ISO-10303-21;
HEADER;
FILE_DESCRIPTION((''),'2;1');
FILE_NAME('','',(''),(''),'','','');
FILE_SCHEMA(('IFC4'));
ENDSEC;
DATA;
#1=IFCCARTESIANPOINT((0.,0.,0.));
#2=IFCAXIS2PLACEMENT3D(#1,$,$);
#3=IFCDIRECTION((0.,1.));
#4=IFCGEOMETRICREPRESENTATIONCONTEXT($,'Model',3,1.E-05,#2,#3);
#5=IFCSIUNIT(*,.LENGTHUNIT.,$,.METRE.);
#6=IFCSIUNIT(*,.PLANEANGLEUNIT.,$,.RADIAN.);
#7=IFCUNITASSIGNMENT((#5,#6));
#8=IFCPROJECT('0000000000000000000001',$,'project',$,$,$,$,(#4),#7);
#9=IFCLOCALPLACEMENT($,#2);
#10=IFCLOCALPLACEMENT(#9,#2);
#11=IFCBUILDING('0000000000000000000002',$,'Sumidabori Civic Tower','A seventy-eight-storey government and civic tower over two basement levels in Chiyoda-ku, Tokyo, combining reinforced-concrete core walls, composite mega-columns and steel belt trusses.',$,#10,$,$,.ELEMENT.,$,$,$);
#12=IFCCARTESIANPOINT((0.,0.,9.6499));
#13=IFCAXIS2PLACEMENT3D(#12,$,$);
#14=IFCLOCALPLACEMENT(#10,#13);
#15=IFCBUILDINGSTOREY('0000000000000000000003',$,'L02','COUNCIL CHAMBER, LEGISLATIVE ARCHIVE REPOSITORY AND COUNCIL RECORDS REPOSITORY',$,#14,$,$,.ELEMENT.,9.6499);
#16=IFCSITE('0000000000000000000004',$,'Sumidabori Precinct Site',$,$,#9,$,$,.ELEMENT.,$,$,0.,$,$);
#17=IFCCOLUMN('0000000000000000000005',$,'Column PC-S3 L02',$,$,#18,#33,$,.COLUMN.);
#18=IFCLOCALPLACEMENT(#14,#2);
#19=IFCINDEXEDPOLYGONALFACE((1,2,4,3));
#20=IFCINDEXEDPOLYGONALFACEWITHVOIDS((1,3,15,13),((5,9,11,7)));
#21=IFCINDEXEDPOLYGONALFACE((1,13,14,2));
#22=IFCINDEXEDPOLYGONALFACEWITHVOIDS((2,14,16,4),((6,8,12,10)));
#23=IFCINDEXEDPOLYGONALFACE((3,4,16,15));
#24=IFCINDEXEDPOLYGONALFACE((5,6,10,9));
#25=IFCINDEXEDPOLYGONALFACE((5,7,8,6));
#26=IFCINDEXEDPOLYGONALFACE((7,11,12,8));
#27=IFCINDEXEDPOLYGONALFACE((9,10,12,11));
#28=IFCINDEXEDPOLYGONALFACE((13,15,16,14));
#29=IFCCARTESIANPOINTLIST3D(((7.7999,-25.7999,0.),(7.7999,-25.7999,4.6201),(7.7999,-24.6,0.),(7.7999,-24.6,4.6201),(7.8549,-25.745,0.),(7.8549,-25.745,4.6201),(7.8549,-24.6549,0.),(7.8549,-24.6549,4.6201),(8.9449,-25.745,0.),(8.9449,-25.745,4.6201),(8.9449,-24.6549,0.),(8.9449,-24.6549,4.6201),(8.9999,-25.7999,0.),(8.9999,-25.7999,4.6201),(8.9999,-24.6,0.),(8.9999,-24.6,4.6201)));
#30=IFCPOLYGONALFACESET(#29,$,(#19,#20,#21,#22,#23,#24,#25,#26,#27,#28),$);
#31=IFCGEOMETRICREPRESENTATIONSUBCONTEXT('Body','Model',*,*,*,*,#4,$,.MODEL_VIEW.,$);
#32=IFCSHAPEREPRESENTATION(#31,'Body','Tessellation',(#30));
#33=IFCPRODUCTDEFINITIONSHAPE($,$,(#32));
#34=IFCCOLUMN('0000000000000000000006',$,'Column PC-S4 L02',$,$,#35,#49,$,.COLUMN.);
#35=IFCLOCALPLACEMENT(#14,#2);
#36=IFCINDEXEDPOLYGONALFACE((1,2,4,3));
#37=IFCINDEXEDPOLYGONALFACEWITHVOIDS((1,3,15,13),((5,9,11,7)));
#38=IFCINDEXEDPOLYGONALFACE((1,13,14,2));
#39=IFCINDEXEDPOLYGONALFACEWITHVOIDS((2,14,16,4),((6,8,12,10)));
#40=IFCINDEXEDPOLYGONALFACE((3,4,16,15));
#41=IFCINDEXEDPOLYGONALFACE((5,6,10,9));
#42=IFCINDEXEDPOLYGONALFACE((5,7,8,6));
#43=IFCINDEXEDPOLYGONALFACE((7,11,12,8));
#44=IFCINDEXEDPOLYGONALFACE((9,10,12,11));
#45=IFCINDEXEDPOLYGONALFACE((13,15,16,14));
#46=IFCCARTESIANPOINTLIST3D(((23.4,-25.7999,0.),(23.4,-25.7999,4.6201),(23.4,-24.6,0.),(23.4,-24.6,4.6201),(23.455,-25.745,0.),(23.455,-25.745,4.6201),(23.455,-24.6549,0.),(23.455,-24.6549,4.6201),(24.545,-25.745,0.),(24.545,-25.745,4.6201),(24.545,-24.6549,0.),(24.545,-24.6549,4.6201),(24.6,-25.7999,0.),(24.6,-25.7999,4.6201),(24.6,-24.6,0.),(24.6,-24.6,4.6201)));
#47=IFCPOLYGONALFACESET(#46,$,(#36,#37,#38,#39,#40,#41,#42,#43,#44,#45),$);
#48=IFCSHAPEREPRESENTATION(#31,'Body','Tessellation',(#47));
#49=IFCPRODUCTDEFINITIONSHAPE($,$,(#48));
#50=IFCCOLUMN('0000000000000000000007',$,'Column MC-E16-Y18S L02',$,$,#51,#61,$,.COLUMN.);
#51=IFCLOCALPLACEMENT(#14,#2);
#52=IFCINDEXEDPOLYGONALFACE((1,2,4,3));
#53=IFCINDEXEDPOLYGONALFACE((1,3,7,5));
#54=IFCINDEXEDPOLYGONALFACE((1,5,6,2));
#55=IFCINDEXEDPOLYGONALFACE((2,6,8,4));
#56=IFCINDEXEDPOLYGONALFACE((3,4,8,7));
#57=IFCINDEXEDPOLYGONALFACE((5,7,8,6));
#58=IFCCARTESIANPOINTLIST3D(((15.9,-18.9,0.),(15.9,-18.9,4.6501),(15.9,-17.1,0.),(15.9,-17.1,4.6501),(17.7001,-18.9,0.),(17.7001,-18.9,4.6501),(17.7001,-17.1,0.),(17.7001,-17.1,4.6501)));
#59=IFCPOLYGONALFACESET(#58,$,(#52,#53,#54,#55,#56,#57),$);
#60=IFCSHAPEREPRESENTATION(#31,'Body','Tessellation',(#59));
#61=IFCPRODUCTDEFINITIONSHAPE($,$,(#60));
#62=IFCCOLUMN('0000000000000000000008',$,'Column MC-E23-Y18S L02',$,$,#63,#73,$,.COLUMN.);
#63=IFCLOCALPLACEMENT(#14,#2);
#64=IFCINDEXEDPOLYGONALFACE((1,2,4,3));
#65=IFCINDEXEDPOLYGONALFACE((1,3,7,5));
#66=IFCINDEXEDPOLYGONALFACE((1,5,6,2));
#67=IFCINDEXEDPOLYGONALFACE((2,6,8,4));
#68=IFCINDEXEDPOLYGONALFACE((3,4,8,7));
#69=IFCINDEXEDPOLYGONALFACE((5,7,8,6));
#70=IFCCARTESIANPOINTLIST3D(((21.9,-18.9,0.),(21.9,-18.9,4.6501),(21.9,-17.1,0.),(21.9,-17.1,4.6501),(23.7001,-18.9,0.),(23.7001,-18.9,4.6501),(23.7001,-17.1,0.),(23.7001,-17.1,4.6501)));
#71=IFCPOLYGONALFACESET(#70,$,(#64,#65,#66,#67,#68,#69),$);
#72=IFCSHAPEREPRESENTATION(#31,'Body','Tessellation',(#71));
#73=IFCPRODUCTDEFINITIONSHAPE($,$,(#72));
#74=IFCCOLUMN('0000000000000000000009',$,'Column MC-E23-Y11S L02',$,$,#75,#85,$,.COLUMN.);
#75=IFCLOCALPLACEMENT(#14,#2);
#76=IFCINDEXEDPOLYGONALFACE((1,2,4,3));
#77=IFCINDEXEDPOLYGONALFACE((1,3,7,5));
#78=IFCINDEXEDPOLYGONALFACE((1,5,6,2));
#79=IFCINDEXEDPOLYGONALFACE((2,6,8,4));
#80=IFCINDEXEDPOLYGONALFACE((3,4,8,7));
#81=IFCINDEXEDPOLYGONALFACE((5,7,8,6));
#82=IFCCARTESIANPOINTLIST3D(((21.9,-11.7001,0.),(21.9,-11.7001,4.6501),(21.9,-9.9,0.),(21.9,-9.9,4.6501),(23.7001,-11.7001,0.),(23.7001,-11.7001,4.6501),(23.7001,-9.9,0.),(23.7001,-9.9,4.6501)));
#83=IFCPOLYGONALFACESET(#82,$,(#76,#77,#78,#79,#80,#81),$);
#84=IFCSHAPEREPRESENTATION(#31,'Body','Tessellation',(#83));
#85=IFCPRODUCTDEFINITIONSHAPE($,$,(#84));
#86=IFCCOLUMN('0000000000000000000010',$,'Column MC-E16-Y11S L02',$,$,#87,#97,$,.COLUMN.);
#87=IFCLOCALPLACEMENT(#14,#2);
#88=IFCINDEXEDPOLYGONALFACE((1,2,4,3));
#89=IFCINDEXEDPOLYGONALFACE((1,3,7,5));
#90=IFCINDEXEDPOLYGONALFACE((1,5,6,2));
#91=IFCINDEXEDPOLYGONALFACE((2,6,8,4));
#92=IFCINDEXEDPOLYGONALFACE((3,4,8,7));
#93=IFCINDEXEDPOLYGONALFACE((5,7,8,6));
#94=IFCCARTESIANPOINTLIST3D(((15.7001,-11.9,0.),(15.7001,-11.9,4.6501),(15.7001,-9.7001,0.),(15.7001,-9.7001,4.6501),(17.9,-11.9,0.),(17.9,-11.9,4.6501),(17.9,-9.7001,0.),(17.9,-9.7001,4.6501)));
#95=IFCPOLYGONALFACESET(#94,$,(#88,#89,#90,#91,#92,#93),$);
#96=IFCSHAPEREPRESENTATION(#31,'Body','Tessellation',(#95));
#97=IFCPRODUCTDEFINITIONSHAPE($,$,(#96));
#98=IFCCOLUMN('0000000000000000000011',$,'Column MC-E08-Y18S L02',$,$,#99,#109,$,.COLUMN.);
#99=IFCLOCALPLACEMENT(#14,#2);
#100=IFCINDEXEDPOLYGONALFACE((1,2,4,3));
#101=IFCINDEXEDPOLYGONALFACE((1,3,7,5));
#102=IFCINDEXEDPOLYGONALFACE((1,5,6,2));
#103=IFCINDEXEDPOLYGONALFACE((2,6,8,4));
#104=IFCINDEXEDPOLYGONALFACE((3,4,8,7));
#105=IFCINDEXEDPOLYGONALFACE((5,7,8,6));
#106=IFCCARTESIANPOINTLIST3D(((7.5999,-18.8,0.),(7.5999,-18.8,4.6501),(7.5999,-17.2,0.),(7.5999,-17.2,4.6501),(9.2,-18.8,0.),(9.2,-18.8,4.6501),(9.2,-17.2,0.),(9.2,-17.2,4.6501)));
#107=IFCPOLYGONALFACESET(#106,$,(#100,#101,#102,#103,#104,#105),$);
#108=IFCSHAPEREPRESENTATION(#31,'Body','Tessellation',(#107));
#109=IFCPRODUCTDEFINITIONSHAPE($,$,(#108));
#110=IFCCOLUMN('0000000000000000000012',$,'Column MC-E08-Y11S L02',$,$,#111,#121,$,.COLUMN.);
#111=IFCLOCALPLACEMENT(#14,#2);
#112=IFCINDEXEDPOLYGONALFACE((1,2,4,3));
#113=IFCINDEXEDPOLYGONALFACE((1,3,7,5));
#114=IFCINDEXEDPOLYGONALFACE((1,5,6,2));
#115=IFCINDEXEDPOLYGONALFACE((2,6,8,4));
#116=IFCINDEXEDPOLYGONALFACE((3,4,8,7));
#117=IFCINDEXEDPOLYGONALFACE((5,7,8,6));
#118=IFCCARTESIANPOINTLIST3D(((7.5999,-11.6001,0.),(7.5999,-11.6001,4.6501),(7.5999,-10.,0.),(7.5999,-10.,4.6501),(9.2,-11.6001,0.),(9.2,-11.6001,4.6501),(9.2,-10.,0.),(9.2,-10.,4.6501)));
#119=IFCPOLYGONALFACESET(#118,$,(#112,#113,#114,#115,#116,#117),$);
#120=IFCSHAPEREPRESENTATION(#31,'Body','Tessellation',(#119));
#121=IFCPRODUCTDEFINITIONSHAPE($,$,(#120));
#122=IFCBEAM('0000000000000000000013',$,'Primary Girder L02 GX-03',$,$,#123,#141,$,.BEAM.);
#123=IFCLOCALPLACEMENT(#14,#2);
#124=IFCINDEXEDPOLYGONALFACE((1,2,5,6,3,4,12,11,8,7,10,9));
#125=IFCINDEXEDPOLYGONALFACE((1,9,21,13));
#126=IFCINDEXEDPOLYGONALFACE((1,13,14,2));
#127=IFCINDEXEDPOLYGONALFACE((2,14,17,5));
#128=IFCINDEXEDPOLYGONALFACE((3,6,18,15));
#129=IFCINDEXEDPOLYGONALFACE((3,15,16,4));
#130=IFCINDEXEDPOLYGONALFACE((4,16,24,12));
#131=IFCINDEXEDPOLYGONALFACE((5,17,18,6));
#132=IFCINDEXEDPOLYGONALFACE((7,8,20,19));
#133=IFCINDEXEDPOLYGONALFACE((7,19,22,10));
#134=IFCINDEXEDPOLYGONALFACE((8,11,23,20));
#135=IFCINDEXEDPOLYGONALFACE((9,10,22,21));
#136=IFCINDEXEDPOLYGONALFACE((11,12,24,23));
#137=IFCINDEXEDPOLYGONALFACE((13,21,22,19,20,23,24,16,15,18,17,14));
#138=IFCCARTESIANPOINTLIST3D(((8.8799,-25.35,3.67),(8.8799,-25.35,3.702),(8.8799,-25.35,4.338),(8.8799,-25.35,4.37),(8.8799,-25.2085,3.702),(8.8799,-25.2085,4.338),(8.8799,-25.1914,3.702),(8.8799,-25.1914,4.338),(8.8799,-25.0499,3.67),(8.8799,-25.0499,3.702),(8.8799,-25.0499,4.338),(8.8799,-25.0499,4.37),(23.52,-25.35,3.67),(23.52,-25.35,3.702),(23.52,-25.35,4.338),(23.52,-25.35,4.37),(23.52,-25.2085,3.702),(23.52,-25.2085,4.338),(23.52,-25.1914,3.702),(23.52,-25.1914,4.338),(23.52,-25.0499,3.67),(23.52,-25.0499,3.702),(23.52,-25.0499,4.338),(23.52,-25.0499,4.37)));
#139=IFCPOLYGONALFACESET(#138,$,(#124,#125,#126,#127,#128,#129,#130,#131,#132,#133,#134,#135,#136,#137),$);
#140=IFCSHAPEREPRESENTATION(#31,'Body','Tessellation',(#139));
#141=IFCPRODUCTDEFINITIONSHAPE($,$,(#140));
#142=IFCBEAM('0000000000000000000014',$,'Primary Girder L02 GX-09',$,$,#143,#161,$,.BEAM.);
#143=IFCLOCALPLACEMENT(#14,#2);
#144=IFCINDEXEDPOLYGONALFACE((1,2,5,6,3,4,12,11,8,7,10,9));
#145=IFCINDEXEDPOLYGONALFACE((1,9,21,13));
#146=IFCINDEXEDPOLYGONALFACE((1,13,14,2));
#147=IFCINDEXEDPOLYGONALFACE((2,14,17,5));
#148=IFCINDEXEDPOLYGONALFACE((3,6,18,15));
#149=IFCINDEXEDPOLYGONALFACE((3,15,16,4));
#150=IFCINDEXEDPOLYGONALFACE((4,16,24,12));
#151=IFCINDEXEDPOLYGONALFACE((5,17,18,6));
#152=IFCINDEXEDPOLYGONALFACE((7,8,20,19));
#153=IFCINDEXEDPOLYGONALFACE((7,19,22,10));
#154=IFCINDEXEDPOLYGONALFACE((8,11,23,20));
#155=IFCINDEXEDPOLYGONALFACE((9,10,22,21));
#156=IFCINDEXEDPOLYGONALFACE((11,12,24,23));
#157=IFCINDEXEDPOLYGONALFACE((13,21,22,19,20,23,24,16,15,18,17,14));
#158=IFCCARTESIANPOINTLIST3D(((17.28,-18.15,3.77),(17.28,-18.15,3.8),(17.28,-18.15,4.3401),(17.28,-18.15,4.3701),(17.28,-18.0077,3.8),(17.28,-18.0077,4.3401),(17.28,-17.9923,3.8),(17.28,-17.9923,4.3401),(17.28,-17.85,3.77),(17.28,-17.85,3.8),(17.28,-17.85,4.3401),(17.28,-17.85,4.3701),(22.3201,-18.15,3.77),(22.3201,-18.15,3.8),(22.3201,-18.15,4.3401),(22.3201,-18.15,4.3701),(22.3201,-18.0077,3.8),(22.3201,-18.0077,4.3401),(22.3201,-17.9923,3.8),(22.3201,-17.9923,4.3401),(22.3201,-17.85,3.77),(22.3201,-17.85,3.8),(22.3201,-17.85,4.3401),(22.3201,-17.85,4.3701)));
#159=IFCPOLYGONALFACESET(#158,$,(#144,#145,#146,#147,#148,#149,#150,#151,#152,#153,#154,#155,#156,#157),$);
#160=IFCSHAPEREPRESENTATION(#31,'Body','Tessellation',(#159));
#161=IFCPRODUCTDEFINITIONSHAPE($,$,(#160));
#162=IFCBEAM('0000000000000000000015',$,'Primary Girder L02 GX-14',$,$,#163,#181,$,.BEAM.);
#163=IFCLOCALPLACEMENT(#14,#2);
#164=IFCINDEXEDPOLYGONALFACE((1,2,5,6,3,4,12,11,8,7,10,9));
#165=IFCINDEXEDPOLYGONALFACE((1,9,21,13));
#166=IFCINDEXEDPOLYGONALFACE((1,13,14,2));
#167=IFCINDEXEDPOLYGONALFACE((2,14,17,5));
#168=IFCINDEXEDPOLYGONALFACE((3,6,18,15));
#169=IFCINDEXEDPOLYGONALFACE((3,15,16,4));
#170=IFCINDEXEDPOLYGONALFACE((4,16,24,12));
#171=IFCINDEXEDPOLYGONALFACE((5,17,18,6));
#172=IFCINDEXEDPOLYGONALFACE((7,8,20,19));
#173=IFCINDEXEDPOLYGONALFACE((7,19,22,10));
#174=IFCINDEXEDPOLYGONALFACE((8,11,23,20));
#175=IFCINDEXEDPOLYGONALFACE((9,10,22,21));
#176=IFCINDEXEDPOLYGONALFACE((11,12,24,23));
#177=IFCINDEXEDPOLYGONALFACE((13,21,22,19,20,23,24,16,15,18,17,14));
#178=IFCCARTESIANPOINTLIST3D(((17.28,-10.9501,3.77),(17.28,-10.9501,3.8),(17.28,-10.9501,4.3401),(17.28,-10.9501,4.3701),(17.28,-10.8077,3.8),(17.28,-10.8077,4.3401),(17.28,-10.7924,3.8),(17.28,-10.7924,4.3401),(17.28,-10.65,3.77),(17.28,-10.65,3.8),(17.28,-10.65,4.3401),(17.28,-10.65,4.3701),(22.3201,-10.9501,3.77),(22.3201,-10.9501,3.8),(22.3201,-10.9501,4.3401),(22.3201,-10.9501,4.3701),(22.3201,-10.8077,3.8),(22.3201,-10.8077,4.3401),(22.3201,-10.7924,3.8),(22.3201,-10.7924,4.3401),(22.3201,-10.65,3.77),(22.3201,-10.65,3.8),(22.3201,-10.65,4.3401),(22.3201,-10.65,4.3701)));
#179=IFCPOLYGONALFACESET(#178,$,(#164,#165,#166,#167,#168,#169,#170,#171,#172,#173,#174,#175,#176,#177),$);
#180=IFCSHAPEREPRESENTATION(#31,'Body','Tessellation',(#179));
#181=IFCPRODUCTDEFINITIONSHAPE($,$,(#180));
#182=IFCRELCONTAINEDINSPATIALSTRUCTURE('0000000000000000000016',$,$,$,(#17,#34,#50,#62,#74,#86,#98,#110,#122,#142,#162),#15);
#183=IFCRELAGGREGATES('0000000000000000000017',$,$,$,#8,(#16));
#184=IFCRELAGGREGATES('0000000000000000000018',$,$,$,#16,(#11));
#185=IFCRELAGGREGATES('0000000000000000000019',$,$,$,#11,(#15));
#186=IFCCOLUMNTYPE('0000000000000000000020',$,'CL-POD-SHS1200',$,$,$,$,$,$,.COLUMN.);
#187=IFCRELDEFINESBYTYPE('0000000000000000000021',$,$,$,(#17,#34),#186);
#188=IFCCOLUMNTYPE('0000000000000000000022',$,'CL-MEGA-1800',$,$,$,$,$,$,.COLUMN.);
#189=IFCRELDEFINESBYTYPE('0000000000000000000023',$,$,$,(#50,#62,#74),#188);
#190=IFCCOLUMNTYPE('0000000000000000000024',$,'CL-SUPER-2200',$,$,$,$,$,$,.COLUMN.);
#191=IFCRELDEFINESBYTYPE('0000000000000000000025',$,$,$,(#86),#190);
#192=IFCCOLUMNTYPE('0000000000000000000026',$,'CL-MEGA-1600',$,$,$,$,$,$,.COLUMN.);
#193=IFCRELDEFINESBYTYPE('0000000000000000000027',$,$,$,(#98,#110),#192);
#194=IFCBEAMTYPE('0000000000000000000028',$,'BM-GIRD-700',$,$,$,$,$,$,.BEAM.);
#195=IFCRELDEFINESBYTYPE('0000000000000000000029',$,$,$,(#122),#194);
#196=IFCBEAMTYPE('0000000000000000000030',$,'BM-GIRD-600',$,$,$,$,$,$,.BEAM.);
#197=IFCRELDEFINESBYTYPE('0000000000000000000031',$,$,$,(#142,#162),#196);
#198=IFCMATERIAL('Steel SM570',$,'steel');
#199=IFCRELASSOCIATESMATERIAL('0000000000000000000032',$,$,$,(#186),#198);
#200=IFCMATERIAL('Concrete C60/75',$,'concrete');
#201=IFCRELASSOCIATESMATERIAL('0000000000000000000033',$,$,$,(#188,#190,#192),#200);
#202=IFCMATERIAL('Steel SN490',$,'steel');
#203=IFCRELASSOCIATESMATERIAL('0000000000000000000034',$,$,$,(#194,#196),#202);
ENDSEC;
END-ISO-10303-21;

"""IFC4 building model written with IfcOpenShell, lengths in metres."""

from ifc_helpers import new_model, si_unit, direction, frame, origin, origin_2d, place, context, subcontext, project, spatial, rectangle, hollow_rectangle, i_section, extrude, source, transform, mapped, material, material_profile, profile_set, type_object, element, save


model = new_model("IFC4")

# Units and contexts
model_context = context("Model", 3, precision=1e-05, world=origin(), true_north=direction((0.0, 1.0)))
body_context = subcontext(model_context, "Body", "Model", "MODEL_VIEW")
ifc_project = project(units=[si_unit("LENGTHUNIT", "METRE"), si_unit("PLANEANGLEUNIT", "RADIAN")], contexts=[model_context])

# Site, building, storey
site_placement = place(None, origin())
site = spatial("IfcSite", under=ifc_project, at=site_placement, Name="Sumidabori Precinct Site", CompositionType="ELEMENT", RefElevation=0.0)
building_placement = place(site_placement, origin())
building = spatial("IfcBuilding", under=site, at=building_placement, Name="Sumidabori Civic Tower", Description="A seventy-eight-storey government and civic tower over two basement levels in Chiyoda-ku, Tokyo, combining reinforced-concrete core walls, composite mega-columns and steel belt trusses.", CompositionType="ELEMENT")
storey_placement = place(building_placement, frame((0.0, 0.0, 9.6499)))
storey = spatial("IfcBuildingStorey", under=building, at=storey_placement, Name="L02", Description="COUNCIL CHAMBER, LEGISLATIVE ARCHIVE REPOSITORY AND COUNCIL RECORDS REPOSITORY", CompositionType="ELEMENT", Elevation=9.6499)

# Columns
ifc_material_1 = material(Name="Steel SM570", Category="steel")
ifc_material_profile_1 = material_profile(ifc_material_1, hollow_rectangle(XDim=1.2, YDim=1.2, WallThickness=0.0549, at=origin_2d()), Name="SHS 1200x1200x55")
ifc_profile_set_1 = profile_set([ifc_material_profile_1], Name="Steel SM570")
column_type_1 = type_object("IfcColumnType", Name="CL-POD-SHS1200", PredefinedType="COLUMN", material=ifc_profile_set_1)
shared_shape_1 = source(origin(), body_context, "Body", "SweptSolid", [
    extrude(hollow_rectangle(XDim=1.2, YDim=1.2, WallThickness=0.0549, at=origin_2d()), origin(), (0.0, 0.0, 1.0), 4.6201),
])
for number, where, z_axis, x_axis, name in (
    (1, (8.3999, -25.2, 0.0), (0.0, 0.0, 1.0), (1.0, 0.0, 0.0), "Column PC-S3 L02"),
    (2, (24.0, -25.2, 0.0), (0.0, 0.0, 1.0), (1.0, 0.0, 0.0), "Column PC-S4 L02"),
):
    element("IfcColumn", number, at=place(storey_placement, frame(where, z_axis=z_axis, x_axis=x_axis)), inside=storey, type_object=column_type_1, Name=name, PredefinedType="COLUMN", context=body_context, shape_type="MappedRepresentation", body=[
        mapped(shared_shape_1, transform((0.0, 0.0, 0.0), x_axis=(1.0, 0.0, 0.0), y_axis=(0.0, 1.0, 0.0), z_axis=(0.0, 0.0, 1.0), scale=1.0)),
    ])
ifc_material_2 = material(Name="Concrete C60/75", Category="concrete")
ifc_material_profile_2 = material_profile(ifc_material_2, rectangle(XDim=1.8, YDim=1.8, at=origin_2d()), Name="RC 1800x1800")
ifc_profile_set_2 = profile_set([ifc_material_profile_2], Name="Concrete C60/75")
column_type_2 = type_object("IfcColumnType", Name="CL-MEGA-1800", PredefinedType="COLUMN", material=ifc_profile_set_2)
shared_shape_2 = source(origin(), body_context, "Body", "SweptSolid", [
    extrude(rectangle(XDim=1.8, YDim=1.8, at=origin_2d()), origin(), (0.0, 0.0, 1.0), 4.6501),
])
for number, where, z_axis, x_axis, name in (
    (3, (16.8, -18.0, 0.0), (0.0, 0.0, 1.0), (1.0, 0.0, 0.0), "Column MC-E16-Y18S L02"),
    (4, (22.8, -18.0, 0.0), (0.0, 0.0, 1.0), (1.0, 0.0, 0.0), "Column MC-E23-Y18S L02"),
    (5, (22.8, -10.8, 0.0), (0.0, 0.0, 1.0), (1.0, 0.0, 0.0), "Column MC-E23-Y11S L02"),
):
    element("IfcColumn", number, at=place(storey_placement, frame(where, z_axis=z_axis, x_axis=x_axis)), inside=storey, type_object=column_type_2, Name=name, PredefinedType="COLUMN", context=body_context, shape_type="MappedRepresentation", body=[
        mapped(shared_shape_2, transform((0.0, 0.0, 0.0), x_axis=(1.0, 0.0, 0.0), y_axis=(0.0, 1.0, 0.0), z_axis=(0.0, 0.0, 1.0), scale=1.0)),
    ])
ifc_material_profile_3 = material_profile(ifc_material_2, rectangle(XDim=2.2, YDim=2.2, at=origin_2d()), Name="RC 2200x2200")
ifc_profile_set_3 = profile_set([ifc_material_profile_3], Name="Concrete C60/75")
column_type_3 = type_object("IfcColumnType", Name="CL-SUPER-2200", PredefinedType="COLUMN", material=ifc_profile_set_3)
shared_shape_3 = source(origin(), body_context, "Body", "SweptSolid", [
    extrude(rectangle(XDim=2.2, YDim=2.2, at=origin_2d()), origin(), (0.0, 0.0, 1.0), 4.6501),
])
column_placement = place(storey_placement, frame((16.8, -10.8, 0.0), z_axis=(0.0, 0.0, 1.0), x_axis=(1.0, 0.0, 0.0)))
element("IfcColumn", 6, at=column_placement, inside=storey, type_object=column_type_3, Name="Column MC-E16-Y11S L02", PredefinedType="COLUMN", context=body_context, shape_type="MappedRepresentation", body=[
    mapped(shared_shape_3, transform((0.0, 0.0, 0.0), x_axis=(1.0, 0.0, 0.0), y_axis=(0.0, 1.0, 0.0), z_axis=(0.0, 0.0, 1.0), scale=1.0)),
])
ifc_material_profile_4 = material_profile(ifc_material_2, rectangle(XDim=1.6001, YDim=1.6001, at=origin_2d()), Name="RC 1600x1600")
ifc_profile_set_4 = profile_set([ifc_material_profile_4], Name="Concrete C60/75")
column_type_4 = type_object("IfcColumnType", Name="CL-MEGA-1600", PredefinedType="COLUMN", material=ifc_profile_set_4)
shared_shape_4 = source(origin(), body_context, "Body", "SweptSolid", [
    extrude(rectangle(XDim=1.6001, YDim=1.6001, at=origin_2d()), origin(), (0.0, 0.0, 1.0), 4.6501),
])
for number, where, z_axis, x_axis, name in (
    (7, (8.3999, -18.0, 0.0), (0.0, 0.0, 1.0), (1.0, 0.0, 0.0), "Column MC-E08-Y18S L02"),
    (8, (8.3999, -10.8, 0.0), (0.0, 0.0, 1.0), (1.0, 0.0, 0.0), "Column MC-E08-Y11S L02"),
):
    element("IfcColumn", number, at=place(storey_placement, frame(where, z_axis=z_axis, x_axis=x_axis)), inside=storey, type_object=column_type_4, Name=name, PredefinedType="COLUMN", context=body_context, shape_type="MappedRepresentation", body=[
        mapped(shared_shape_4, transform((0.0, 0.0, 0.0), x_axis=(1.0, 0.0, 0.0), y_axis=(0.0, 1.0, 0.0), z_axis=(0.0, 0.0, 1.0), scale=1.0)),
    ])

# Beams
ifc_material_3 = material(Name="Steel SN490", Category="steel")
ifc_material_profile_5 = material_profile(ifc_material_3, i_section(OverallWidth=0.3, OverallDepth=0.7, WebThickness=0.0171, FlangeThickness=0.032, at=origin_2d()), Name="HE 700 B")
ifc_profile_set_5 = profile_set([ifc_material_profile_5], Name="Steel SN490")
beam_type_1 = type_object("IfcBeamType", Name="BM-GIRD-700", PredefinedType="BEAM", material=ifc_profile_set_5)
shared_shape_5 = source(origin(), body_context, "Body", "SweptSolid", [
    extrude(i_section(OverallWidth=0.3, OverallDepth=0.7, WebThickness=0.0171, FlangeThickness=0.032, at=origin_2d()), origin(), (0.0, 0.0, 1.0), 14.6401),
])
beam_1_placement = place(storey_placement, frame((8.8799, -25.2, 4.02), z_axis=(1.0, 0.0, 0.0), x_axis=(0.0, 1.0, 0.0)))
element("IfcBeam", 9, at=beam_1_placement, inside=storey, type_object=beam_type_1, Name="Primary Girder L02 GX-03", PredefinedType="BEAM", context=body_context, shape_type="MappedRepresentation", body=[
    mapped(shared_shape_5, transform((0.0, 0.0, 0.0), x_axis=(1.0, 0.0, 0.0), y_axis=(0.0, 1.0, 0.0), z_axis=(0.0, 0.0, 1.0), scale=1.0)),
])
ifc_material_profile_6 = material_profile(ifc_material_3, i_section(OverallWidth=0.3, OverallDepth=0.6001, WebThickness=0.0154, FlangeThickness=0.03, at=origin_2d()), Name="HE 600 B")
ifc_profile_set_6 = profile_set([ifc_material_profile_6], Name="Steel SN490")
beam_type_2 = type_object("IfcBeamType", Name="BM-GIRD-600", PredefinedType="BEAM", material=ifc_profile_set_6)
shared_shape_6 = source(origin(), body_context, "Body", "SweptSolid", [
    extrude(i_section(OverallWidth=0.3, OverallDepth=0.6001, WebThickness=0.0154, FlangeThickness=0.03, at=origin_2d()), origin(), (0.0, 0.0, 1.0), 5.04),
])
for number, where, z_axis, x_axis, name in (
    (10, (17.28, -18.0, 4.0701), (1.0, 0.0, 0.0), (0.0, 1.0, 0.0), "Primary Girder L02 GX-09"),
    (11, (17.28, -10.8, 4.0701), (1.0, 0.0, 0.0), (0.0, 1.0, 0.0), "Primary Girder L02 GX-14"),
):
    element("IfcBeam", number, at=place(storey_placement, frame(where, z_axis=z_axis, x_axis=x_axis)), inside=storey, type_object=beam_type_2, Name=name, PredefinedType="BEAM", context=body_context, shape_type="MappedRepresentation", body=[
        mapped(shared_shape_6, transform((0.0, 0.0, 0.0), x_axis=(1.0, 0.0, 0.0), y_axis=(0.0, 1.0, 0.0), z_axis=(0.0, 0.0, 1.0), scale=1.0)),
    ])

save(model, "model.ifc")
